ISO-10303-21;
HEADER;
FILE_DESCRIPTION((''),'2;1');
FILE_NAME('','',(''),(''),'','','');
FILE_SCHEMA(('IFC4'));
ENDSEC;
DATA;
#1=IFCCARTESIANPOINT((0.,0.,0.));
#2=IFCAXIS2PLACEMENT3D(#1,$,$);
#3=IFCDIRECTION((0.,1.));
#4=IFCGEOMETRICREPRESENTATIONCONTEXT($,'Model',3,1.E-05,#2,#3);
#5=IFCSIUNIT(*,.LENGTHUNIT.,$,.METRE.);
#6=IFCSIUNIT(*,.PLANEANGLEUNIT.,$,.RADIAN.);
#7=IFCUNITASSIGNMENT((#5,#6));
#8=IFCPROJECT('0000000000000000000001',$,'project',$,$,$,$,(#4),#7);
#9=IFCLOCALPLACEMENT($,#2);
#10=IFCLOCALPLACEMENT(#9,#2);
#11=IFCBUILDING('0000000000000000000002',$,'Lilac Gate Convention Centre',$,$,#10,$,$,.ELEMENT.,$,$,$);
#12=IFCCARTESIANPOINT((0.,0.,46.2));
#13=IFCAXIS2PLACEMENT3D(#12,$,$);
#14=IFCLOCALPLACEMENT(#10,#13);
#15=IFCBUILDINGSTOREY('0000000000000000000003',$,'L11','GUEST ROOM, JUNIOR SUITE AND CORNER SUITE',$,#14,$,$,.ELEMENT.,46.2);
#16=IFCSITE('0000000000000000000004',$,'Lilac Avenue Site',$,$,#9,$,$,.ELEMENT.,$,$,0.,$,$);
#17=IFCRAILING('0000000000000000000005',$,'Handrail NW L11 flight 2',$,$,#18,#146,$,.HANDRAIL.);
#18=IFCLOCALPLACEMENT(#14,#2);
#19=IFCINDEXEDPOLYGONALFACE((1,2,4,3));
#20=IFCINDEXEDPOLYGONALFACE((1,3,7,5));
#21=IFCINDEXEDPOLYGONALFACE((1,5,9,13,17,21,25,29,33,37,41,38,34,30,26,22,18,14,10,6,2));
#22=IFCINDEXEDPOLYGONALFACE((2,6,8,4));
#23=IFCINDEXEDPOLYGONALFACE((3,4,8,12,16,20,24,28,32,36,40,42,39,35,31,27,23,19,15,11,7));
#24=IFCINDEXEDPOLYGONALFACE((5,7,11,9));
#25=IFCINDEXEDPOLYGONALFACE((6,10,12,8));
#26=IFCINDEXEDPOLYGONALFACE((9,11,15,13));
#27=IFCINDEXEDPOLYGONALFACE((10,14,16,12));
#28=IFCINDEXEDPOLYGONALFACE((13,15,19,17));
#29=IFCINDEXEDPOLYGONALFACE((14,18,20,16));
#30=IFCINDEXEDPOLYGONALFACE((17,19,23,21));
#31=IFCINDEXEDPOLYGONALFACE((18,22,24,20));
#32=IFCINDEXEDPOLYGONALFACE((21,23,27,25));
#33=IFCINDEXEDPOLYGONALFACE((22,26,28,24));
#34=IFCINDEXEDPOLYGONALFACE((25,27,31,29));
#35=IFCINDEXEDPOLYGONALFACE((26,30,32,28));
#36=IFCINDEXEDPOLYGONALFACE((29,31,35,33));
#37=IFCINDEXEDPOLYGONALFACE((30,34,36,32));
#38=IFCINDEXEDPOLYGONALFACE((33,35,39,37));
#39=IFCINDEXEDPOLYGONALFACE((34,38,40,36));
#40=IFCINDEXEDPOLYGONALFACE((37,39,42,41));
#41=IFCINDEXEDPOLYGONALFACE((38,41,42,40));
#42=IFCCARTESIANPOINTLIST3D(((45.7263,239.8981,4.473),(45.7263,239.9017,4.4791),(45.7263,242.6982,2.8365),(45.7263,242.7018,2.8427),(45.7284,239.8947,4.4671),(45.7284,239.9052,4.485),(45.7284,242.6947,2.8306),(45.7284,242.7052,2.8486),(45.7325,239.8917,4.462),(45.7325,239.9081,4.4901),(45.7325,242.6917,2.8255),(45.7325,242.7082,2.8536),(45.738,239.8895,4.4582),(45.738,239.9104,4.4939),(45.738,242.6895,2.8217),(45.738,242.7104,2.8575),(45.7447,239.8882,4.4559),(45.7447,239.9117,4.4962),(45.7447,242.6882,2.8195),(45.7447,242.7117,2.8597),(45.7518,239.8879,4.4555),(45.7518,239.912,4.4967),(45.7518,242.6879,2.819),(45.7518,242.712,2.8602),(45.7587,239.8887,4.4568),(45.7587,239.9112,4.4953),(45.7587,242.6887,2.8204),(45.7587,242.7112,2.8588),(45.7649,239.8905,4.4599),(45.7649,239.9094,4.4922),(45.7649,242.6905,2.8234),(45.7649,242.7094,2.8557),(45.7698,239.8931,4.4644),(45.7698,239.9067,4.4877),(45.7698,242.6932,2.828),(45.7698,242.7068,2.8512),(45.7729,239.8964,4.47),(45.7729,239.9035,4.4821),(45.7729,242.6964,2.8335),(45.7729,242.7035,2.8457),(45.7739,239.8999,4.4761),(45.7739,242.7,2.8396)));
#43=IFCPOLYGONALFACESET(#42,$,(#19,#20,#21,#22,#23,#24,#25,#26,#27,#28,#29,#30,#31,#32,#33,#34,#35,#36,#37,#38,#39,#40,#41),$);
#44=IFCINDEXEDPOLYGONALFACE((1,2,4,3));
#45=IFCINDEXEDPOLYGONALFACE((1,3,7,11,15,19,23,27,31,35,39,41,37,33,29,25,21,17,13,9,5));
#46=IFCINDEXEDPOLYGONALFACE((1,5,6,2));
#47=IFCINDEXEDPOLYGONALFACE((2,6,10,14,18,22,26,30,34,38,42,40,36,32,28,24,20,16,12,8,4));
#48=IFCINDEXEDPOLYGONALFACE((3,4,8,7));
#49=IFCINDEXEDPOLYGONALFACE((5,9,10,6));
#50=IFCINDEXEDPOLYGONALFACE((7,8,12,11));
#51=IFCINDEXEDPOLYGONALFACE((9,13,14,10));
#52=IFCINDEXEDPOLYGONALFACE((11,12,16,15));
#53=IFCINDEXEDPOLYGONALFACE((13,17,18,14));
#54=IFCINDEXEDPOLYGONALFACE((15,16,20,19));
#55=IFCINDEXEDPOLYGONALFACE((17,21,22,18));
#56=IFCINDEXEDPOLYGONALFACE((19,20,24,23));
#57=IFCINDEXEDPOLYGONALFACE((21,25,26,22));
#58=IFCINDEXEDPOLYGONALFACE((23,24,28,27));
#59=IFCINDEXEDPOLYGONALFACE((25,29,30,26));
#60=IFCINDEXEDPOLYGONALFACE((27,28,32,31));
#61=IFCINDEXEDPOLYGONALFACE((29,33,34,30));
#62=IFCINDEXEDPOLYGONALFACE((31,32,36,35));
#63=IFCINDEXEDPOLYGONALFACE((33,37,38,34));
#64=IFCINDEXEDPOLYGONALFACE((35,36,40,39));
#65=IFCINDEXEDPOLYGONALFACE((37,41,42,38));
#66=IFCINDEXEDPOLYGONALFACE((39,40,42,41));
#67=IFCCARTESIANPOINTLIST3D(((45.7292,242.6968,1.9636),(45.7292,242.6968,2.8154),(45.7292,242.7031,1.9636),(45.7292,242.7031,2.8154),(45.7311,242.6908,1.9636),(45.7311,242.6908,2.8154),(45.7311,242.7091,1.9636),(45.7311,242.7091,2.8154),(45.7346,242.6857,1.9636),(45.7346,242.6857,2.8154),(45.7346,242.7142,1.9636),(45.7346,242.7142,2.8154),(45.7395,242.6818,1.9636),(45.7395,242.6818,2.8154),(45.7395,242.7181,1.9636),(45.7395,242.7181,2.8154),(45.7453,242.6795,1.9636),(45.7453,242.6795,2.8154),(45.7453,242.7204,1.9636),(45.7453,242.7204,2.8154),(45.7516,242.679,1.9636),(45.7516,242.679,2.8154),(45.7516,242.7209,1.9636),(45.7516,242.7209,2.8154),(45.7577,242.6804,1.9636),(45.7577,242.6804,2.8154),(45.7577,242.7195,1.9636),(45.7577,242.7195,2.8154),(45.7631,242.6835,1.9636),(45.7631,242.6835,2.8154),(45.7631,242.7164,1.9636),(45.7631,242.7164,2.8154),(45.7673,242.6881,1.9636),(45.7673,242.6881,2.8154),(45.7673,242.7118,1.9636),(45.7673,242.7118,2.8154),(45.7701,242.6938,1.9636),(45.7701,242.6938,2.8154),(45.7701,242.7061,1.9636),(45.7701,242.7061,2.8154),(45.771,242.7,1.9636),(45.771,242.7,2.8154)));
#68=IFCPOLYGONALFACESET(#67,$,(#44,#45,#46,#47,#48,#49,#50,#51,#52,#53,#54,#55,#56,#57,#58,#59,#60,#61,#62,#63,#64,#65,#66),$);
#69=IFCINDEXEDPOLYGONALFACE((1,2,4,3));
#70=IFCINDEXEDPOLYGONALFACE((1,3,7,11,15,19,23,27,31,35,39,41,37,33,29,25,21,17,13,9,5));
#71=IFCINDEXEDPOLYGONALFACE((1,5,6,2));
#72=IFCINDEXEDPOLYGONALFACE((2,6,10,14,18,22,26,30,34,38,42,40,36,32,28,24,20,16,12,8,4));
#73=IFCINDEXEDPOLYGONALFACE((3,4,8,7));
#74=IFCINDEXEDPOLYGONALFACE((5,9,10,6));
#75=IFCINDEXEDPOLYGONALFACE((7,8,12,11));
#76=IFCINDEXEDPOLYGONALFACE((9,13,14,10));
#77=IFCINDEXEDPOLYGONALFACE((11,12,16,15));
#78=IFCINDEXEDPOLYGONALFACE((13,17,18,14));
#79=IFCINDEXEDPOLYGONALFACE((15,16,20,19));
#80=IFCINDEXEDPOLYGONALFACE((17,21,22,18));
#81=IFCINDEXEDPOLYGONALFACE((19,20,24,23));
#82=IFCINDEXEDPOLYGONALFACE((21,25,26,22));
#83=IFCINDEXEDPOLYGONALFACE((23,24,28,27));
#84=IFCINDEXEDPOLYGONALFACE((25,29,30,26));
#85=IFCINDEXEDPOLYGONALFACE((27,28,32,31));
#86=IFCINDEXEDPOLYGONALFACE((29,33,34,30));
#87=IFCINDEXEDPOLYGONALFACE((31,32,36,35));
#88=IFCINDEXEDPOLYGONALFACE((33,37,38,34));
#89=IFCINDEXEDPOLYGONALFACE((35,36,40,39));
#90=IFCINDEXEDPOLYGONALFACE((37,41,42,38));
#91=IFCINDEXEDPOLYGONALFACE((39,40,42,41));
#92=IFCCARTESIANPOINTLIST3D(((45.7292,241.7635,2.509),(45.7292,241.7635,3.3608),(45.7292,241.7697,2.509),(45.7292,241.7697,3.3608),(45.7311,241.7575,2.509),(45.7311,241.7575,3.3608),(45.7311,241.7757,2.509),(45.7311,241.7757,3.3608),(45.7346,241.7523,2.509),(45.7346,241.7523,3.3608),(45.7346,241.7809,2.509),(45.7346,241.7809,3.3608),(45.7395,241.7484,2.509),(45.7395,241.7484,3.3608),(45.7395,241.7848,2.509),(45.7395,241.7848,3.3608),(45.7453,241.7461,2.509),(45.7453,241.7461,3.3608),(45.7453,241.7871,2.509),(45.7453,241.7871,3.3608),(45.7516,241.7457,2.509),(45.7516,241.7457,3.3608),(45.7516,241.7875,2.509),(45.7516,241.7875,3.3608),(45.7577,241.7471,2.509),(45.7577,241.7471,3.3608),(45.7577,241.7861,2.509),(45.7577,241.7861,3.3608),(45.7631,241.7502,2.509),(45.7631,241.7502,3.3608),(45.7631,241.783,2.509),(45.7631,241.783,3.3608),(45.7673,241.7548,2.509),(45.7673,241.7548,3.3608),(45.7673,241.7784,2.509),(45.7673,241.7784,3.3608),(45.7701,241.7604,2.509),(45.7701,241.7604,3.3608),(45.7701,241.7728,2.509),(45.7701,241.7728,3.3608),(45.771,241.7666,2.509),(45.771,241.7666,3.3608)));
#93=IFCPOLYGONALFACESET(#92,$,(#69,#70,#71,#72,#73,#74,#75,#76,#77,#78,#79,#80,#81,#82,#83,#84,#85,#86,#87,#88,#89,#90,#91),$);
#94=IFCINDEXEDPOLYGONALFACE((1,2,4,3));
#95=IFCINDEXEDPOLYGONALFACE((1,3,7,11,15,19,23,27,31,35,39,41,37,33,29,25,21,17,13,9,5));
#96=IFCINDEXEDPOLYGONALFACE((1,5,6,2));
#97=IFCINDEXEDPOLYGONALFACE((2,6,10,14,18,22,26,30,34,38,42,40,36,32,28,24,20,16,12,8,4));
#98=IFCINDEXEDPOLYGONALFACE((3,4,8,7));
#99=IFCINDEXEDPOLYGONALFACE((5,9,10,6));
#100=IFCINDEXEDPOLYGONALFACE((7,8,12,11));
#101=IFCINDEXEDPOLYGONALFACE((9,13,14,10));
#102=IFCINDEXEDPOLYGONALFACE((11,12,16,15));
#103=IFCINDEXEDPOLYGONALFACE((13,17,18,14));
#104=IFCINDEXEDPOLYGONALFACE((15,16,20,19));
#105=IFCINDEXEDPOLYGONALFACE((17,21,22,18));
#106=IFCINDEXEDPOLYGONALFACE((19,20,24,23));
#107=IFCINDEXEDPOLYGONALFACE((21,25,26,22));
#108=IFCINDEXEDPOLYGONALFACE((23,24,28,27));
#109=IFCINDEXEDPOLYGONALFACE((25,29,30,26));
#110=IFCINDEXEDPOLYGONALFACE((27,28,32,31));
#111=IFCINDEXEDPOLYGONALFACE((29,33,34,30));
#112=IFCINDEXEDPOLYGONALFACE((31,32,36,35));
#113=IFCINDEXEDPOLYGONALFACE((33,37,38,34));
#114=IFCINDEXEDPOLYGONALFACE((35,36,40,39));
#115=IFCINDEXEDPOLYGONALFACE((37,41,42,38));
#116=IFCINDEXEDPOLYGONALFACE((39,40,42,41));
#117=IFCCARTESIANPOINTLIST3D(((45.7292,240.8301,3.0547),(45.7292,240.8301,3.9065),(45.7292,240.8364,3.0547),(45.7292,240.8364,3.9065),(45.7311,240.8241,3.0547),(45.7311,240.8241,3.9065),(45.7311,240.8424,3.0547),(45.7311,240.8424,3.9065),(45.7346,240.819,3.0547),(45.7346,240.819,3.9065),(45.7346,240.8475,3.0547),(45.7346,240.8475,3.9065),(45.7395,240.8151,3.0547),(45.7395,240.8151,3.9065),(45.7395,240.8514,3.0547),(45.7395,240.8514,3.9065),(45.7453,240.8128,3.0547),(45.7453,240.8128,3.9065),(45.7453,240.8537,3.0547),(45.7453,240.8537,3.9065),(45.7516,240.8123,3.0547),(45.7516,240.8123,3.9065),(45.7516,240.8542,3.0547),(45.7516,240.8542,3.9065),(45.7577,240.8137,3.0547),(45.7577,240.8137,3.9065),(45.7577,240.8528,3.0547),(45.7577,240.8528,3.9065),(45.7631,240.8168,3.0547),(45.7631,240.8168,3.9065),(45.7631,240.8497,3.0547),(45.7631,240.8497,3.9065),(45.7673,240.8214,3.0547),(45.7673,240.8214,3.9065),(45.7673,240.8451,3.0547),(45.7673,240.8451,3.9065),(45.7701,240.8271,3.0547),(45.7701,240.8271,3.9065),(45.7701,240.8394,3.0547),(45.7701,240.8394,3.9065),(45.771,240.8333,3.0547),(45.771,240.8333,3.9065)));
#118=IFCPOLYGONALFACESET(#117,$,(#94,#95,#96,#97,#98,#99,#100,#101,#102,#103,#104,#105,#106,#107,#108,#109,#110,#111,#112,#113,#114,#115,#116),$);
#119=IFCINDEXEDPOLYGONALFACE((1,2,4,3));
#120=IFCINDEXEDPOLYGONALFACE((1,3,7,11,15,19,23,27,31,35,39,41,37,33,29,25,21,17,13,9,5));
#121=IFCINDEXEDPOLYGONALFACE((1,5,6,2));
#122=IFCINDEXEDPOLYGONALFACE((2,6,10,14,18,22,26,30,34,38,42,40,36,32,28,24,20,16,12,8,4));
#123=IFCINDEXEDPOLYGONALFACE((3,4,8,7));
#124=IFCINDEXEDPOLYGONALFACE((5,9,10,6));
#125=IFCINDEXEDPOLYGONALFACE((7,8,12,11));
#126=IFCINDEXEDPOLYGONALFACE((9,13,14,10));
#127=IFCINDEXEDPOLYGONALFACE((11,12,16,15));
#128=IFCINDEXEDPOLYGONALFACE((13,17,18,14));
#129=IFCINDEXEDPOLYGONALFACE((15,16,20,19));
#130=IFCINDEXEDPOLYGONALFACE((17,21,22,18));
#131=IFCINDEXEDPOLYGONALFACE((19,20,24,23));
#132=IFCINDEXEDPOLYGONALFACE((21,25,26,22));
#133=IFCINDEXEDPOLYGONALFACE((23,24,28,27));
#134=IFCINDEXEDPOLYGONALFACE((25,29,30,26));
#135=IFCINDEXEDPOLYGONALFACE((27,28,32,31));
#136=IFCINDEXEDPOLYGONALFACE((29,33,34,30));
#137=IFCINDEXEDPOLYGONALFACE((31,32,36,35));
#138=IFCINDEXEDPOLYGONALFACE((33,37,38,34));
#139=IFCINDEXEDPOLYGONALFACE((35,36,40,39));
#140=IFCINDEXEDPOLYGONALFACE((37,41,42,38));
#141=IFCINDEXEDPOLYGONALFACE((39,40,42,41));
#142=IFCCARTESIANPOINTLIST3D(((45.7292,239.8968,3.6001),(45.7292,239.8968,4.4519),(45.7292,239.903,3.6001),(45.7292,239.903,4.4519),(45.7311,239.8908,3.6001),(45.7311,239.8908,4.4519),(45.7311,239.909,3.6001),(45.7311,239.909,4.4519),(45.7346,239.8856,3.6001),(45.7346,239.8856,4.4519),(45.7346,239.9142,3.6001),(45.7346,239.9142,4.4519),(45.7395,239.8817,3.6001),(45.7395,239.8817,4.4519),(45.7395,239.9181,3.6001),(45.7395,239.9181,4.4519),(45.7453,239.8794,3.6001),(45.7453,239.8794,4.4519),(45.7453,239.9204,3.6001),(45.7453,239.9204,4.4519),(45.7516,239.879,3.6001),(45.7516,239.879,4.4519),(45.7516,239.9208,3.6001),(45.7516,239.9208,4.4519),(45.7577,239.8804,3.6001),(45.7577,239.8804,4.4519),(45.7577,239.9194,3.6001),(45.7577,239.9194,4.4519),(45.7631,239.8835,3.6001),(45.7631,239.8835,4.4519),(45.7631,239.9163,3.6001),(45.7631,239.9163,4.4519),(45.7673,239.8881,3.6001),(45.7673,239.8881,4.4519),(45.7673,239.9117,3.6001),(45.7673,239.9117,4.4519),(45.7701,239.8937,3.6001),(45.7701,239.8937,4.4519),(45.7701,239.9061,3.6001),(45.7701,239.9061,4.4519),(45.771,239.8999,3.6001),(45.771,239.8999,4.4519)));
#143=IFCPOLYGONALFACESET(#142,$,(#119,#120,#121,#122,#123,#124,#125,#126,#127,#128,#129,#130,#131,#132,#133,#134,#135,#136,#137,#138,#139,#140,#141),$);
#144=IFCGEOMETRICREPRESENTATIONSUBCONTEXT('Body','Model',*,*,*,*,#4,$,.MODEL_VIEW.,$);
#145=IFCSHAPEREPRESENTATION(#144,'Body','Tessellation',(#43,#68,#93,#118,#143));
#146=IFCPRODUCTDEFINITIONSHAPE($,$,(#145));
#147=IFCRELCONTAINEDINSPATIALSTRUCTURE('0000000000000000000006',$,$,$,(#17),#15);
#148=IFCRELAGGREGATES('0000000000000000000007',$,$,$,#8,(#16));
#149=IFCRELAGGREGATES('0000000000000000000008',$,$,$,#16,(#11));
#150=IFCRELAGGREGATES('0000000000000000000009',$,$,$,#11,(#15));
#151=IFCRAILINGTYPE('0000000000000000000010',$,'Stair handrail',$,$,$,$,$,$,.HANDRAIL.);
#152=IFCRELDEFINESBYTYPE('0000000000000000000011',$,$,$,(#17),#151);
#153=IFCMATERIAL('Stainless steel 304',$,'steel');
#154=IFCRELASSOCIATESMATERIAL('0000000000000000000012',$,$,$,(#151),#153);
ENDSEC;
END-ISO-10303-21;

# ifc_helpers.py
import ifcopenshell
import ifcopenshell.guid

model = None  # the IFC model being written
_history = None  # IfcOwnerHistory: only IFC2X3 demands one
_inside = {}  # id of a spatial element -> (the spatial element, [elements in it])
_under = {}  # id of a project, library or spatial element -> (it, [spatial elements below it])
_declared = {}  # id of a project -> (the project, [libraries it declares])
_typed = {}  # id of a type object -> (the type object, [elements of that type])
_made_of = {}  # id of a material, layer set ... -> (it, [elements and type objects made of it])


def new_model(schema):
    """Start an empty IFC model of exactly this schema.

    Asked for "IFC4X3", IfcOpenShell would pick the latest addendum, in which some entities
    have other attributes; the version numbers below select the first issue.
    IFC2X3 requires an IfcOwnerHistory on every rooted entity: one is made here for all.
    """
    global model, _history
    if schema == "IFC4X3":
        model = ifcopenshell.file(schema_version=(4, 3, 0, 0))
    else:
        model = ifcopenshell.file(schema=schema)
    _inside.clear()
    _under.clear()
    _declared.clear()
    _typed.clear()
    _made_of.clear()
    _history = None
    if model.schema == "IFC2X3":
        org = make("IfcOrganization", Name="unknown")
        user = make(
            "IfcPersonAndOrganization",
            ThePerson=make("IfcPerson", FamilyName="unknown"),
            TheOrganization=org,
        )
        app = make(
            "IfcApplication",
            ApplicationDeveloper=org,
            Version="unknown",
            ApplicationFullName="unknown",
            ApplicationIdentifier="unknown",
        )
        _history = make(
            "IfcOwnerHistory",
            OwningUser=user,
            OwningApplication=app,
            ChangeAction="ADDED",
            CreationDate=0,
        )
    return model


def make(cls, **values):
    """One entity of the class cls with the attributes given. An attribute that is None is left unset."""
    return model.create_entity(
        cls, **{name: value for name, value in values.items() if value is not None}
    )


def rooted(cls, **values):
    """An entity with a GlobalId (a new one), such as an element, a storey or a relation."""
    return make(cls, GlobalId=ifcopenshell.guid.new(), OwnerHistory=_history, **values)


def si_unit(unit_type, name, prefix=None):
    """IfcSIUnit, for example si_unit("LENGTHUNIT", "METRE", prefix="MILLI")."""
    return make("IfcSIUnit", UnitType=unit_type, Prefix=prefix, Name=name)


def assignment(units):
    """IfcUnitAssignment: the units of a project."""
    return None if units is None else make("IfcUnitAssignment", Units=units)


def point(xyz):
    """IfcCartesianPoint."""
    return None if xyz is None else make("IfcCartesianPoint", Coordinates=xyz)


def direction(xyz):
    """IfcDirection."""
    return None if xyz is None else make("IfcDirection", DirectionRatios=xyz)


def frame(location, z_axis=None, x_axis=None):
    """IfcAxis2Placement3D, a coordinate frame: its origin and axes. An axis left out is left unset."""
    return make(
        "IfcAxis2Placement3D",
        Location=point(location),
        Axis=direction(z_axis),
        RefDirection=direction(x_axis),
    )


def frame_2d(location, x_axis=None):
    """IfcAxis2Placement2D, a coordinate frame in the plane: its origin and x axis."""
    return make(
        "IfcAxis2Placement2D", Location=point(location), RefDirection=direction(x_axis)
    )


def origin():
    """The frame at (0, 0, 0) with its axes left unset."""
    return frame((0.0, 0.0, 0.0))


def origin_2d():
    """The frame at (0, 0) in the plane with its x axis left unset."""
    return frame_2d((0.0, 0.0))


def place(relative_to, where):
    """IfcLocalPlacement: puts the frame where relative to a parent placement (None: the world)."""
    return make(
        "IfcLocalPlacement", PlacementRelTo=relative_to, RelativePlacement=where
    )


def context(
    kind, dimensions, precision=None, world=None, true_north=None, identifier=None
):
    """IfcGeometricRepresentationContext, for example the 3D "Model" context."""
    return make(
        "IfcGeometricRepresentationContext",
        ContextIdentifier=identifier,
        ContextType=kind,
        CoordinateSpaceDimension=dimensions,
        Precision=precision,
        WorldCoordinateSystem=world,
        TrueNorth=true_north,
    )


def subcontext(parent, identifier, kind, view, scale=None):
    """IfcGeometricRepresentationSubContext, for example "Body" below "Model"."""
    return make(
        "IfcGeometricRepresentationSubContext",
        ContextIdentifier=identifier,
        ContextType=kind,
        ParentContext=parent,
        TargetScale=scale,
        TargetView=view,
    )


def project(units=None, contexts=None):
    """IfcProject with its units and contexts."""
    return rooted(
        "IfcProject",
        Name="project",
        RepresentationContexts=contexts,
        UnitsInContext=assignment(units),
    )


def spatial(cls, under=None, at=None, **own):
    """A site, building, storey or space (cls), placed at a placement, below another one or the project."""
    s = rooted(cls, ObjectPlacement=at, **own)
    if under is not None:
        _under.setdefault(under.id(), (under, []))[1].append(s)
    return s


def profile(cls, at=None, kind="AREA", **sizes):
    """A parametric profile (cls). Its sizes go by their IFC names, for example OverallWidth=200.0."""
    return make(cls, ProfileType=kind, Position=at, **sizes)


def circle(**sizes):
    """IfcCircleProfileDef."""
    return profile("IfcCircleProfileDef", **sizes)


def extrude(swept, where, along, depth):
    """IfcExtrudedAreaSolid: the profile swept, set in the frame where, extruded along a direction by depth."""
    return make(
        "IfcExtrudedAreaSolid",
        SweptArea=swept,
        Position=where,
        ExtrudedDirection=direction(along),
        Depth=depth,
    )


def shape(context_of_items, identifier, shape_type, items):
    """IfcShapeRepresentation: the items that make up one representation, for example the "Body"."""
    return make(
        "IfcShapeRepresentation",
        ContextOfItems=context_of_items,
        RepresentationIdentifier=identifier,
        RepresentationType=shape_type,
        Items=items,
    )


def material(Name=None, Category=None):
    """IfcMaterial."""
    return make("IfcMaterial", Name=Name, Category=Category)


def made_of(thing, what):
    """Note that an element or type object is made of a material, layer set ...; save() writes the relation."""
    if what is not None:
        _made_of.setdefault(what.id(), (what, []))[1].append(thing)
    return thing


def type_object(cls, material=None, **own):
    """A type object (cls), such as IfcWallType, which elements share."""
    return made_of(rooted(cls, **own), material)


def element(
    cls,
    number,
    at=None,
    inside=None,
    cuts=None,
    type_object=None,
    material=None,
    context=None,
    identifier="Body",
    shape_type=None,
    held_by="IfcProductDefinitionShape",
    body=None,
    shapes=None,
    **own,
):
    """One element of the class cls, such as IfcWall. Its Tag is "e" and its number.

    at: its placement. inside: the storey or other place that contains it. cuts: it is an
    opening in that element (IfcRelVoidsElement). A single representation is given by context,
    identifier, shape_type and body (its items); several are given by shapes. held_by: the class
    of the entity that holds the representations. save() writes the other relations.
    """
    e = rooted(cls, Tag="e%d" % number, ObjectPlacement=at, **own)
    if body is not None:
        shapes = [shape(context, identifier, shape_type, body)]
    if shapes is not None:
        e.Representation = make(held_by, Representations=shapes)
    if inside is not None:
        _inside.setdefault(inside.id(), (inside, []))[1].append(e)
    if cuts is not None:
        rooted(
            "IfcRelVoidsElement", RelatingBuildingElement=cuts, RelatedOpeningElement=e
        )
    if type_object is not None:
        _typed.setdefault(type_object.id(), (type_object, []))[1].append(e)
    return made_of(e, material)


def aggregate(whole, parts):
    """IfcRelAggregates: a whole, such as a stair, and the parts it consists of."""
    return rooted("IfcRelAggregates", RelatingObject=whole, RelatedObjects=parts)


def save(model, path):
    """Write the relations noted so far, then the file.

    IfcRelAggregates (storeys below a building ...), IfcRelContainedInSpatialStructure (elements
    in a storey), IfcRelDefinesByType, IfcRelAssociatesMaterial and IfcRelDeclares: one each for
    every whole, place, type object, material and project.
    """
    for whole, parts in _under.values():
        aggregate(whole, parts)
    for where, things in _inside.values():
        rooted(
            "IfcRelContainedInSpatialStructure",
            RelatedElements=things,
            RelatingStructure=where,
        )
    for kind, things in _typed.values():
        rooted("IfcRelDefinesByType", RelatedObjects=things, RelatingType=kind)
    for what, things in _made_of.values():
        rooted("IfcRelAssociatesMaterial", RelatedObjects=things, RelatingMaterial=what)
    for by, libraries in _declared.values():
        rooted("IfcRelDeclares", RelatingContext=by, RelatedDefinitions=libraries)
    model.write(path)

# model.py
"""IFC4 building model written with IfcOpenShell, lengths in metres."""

from ifc_helpers import new_model, si_unit, direction, frame, origin, origin_2d, place, context, subcontext, project, spatial, circle, extrude, material, type_object, element, save


model = new_model("IFC4")

# Units and contexts
model_context = context("Model", 3, precision=1e-05, world=origin(), true_north=direction((0.0, 1.0)))
body_context = subcontext(model_context, "Body", "Model", "MODEL_VIEW")
ifc_project = project(units=[si_unit("LENGTHUNIT", "METRE"), si_unit("PLANEANGLEUNIT", "RADIAN")], contexts=[model_context])

# Site, building, storey
site_placement = place(None, origin())
site = spatial("IfcSite", under=ifc_project, at=site_placement, Name="Lilac Avenue Site", CompositionType="ELEMENT", RefElevation=0.0)
building_placement = place(site_placement, origin())
building = spatial("IfcBuilding", under=site, at=building_placement, Name="Lilac Gate Convention Centre", CompositionType="ELEMENT")
storey_placement = place(building_placement, frame((0.0, 0.0, 46.2)))
storey = spatial("IfcBuildingStorey", under=building, at=storey_placement, Name="L11", Description="GUEST ROOM, JUNIOR SUITE AND CORNER SUITE", CompositionType="ELEMENT", Elevation=46.2)

# Railing
ifc_material_1 = material(Name="Stainless steel 304", Category="steel")
railing_type = type_object("IfcRailingType", Name="Stair handrail", PredefinedType="HANDRAIL", material=ifc_material_1)
for number, where, name in (
    (1, (45.75, 242.7, 1.9636), "Handrail NW L11 flight 2"),
):
    element("IfcRailing", number, at=place(storey_placement, frame(where)), inside=storey, type_object=railing_type, Name=name, PredefinedType="HANDRAIL", context=body_context, shape_type="SweptSolid", body=[
        extrude(circle(Radius=0.0239, at=origin_2d()), frame((0.0, 0.0, 0.876), z_axis=(0.0, -0.863361, 0.504587), x_axis=(1.0, 0.0, 0.0)), (0.0, 0.0, 1.0), 3.2432),
        extrude(circle(Radius=0.021, at=origin_2d()), origin(), (0.0, 0.0, 1.0), 0.8518),
        extrude(circle(Radius=0.021, at=origin_2d()), frame((0.0, -0.9333, 0.5454)), (0.0, 0.0, 1.0), 0.8518),
        extrude(circle(Radius=0.021, at=origin_2d()), frame((0.0, -1.8667, 1.0911)), (0.0, 0.0, 1.0), 0.8518),
        extrude(circle(Radius=0.021, at=origin_2d()), frame((0.0, -2.8, 1.6365)), (0.0, 0.0, 1.0), 0.8518),
    ])

save(model, "model.ifc")
